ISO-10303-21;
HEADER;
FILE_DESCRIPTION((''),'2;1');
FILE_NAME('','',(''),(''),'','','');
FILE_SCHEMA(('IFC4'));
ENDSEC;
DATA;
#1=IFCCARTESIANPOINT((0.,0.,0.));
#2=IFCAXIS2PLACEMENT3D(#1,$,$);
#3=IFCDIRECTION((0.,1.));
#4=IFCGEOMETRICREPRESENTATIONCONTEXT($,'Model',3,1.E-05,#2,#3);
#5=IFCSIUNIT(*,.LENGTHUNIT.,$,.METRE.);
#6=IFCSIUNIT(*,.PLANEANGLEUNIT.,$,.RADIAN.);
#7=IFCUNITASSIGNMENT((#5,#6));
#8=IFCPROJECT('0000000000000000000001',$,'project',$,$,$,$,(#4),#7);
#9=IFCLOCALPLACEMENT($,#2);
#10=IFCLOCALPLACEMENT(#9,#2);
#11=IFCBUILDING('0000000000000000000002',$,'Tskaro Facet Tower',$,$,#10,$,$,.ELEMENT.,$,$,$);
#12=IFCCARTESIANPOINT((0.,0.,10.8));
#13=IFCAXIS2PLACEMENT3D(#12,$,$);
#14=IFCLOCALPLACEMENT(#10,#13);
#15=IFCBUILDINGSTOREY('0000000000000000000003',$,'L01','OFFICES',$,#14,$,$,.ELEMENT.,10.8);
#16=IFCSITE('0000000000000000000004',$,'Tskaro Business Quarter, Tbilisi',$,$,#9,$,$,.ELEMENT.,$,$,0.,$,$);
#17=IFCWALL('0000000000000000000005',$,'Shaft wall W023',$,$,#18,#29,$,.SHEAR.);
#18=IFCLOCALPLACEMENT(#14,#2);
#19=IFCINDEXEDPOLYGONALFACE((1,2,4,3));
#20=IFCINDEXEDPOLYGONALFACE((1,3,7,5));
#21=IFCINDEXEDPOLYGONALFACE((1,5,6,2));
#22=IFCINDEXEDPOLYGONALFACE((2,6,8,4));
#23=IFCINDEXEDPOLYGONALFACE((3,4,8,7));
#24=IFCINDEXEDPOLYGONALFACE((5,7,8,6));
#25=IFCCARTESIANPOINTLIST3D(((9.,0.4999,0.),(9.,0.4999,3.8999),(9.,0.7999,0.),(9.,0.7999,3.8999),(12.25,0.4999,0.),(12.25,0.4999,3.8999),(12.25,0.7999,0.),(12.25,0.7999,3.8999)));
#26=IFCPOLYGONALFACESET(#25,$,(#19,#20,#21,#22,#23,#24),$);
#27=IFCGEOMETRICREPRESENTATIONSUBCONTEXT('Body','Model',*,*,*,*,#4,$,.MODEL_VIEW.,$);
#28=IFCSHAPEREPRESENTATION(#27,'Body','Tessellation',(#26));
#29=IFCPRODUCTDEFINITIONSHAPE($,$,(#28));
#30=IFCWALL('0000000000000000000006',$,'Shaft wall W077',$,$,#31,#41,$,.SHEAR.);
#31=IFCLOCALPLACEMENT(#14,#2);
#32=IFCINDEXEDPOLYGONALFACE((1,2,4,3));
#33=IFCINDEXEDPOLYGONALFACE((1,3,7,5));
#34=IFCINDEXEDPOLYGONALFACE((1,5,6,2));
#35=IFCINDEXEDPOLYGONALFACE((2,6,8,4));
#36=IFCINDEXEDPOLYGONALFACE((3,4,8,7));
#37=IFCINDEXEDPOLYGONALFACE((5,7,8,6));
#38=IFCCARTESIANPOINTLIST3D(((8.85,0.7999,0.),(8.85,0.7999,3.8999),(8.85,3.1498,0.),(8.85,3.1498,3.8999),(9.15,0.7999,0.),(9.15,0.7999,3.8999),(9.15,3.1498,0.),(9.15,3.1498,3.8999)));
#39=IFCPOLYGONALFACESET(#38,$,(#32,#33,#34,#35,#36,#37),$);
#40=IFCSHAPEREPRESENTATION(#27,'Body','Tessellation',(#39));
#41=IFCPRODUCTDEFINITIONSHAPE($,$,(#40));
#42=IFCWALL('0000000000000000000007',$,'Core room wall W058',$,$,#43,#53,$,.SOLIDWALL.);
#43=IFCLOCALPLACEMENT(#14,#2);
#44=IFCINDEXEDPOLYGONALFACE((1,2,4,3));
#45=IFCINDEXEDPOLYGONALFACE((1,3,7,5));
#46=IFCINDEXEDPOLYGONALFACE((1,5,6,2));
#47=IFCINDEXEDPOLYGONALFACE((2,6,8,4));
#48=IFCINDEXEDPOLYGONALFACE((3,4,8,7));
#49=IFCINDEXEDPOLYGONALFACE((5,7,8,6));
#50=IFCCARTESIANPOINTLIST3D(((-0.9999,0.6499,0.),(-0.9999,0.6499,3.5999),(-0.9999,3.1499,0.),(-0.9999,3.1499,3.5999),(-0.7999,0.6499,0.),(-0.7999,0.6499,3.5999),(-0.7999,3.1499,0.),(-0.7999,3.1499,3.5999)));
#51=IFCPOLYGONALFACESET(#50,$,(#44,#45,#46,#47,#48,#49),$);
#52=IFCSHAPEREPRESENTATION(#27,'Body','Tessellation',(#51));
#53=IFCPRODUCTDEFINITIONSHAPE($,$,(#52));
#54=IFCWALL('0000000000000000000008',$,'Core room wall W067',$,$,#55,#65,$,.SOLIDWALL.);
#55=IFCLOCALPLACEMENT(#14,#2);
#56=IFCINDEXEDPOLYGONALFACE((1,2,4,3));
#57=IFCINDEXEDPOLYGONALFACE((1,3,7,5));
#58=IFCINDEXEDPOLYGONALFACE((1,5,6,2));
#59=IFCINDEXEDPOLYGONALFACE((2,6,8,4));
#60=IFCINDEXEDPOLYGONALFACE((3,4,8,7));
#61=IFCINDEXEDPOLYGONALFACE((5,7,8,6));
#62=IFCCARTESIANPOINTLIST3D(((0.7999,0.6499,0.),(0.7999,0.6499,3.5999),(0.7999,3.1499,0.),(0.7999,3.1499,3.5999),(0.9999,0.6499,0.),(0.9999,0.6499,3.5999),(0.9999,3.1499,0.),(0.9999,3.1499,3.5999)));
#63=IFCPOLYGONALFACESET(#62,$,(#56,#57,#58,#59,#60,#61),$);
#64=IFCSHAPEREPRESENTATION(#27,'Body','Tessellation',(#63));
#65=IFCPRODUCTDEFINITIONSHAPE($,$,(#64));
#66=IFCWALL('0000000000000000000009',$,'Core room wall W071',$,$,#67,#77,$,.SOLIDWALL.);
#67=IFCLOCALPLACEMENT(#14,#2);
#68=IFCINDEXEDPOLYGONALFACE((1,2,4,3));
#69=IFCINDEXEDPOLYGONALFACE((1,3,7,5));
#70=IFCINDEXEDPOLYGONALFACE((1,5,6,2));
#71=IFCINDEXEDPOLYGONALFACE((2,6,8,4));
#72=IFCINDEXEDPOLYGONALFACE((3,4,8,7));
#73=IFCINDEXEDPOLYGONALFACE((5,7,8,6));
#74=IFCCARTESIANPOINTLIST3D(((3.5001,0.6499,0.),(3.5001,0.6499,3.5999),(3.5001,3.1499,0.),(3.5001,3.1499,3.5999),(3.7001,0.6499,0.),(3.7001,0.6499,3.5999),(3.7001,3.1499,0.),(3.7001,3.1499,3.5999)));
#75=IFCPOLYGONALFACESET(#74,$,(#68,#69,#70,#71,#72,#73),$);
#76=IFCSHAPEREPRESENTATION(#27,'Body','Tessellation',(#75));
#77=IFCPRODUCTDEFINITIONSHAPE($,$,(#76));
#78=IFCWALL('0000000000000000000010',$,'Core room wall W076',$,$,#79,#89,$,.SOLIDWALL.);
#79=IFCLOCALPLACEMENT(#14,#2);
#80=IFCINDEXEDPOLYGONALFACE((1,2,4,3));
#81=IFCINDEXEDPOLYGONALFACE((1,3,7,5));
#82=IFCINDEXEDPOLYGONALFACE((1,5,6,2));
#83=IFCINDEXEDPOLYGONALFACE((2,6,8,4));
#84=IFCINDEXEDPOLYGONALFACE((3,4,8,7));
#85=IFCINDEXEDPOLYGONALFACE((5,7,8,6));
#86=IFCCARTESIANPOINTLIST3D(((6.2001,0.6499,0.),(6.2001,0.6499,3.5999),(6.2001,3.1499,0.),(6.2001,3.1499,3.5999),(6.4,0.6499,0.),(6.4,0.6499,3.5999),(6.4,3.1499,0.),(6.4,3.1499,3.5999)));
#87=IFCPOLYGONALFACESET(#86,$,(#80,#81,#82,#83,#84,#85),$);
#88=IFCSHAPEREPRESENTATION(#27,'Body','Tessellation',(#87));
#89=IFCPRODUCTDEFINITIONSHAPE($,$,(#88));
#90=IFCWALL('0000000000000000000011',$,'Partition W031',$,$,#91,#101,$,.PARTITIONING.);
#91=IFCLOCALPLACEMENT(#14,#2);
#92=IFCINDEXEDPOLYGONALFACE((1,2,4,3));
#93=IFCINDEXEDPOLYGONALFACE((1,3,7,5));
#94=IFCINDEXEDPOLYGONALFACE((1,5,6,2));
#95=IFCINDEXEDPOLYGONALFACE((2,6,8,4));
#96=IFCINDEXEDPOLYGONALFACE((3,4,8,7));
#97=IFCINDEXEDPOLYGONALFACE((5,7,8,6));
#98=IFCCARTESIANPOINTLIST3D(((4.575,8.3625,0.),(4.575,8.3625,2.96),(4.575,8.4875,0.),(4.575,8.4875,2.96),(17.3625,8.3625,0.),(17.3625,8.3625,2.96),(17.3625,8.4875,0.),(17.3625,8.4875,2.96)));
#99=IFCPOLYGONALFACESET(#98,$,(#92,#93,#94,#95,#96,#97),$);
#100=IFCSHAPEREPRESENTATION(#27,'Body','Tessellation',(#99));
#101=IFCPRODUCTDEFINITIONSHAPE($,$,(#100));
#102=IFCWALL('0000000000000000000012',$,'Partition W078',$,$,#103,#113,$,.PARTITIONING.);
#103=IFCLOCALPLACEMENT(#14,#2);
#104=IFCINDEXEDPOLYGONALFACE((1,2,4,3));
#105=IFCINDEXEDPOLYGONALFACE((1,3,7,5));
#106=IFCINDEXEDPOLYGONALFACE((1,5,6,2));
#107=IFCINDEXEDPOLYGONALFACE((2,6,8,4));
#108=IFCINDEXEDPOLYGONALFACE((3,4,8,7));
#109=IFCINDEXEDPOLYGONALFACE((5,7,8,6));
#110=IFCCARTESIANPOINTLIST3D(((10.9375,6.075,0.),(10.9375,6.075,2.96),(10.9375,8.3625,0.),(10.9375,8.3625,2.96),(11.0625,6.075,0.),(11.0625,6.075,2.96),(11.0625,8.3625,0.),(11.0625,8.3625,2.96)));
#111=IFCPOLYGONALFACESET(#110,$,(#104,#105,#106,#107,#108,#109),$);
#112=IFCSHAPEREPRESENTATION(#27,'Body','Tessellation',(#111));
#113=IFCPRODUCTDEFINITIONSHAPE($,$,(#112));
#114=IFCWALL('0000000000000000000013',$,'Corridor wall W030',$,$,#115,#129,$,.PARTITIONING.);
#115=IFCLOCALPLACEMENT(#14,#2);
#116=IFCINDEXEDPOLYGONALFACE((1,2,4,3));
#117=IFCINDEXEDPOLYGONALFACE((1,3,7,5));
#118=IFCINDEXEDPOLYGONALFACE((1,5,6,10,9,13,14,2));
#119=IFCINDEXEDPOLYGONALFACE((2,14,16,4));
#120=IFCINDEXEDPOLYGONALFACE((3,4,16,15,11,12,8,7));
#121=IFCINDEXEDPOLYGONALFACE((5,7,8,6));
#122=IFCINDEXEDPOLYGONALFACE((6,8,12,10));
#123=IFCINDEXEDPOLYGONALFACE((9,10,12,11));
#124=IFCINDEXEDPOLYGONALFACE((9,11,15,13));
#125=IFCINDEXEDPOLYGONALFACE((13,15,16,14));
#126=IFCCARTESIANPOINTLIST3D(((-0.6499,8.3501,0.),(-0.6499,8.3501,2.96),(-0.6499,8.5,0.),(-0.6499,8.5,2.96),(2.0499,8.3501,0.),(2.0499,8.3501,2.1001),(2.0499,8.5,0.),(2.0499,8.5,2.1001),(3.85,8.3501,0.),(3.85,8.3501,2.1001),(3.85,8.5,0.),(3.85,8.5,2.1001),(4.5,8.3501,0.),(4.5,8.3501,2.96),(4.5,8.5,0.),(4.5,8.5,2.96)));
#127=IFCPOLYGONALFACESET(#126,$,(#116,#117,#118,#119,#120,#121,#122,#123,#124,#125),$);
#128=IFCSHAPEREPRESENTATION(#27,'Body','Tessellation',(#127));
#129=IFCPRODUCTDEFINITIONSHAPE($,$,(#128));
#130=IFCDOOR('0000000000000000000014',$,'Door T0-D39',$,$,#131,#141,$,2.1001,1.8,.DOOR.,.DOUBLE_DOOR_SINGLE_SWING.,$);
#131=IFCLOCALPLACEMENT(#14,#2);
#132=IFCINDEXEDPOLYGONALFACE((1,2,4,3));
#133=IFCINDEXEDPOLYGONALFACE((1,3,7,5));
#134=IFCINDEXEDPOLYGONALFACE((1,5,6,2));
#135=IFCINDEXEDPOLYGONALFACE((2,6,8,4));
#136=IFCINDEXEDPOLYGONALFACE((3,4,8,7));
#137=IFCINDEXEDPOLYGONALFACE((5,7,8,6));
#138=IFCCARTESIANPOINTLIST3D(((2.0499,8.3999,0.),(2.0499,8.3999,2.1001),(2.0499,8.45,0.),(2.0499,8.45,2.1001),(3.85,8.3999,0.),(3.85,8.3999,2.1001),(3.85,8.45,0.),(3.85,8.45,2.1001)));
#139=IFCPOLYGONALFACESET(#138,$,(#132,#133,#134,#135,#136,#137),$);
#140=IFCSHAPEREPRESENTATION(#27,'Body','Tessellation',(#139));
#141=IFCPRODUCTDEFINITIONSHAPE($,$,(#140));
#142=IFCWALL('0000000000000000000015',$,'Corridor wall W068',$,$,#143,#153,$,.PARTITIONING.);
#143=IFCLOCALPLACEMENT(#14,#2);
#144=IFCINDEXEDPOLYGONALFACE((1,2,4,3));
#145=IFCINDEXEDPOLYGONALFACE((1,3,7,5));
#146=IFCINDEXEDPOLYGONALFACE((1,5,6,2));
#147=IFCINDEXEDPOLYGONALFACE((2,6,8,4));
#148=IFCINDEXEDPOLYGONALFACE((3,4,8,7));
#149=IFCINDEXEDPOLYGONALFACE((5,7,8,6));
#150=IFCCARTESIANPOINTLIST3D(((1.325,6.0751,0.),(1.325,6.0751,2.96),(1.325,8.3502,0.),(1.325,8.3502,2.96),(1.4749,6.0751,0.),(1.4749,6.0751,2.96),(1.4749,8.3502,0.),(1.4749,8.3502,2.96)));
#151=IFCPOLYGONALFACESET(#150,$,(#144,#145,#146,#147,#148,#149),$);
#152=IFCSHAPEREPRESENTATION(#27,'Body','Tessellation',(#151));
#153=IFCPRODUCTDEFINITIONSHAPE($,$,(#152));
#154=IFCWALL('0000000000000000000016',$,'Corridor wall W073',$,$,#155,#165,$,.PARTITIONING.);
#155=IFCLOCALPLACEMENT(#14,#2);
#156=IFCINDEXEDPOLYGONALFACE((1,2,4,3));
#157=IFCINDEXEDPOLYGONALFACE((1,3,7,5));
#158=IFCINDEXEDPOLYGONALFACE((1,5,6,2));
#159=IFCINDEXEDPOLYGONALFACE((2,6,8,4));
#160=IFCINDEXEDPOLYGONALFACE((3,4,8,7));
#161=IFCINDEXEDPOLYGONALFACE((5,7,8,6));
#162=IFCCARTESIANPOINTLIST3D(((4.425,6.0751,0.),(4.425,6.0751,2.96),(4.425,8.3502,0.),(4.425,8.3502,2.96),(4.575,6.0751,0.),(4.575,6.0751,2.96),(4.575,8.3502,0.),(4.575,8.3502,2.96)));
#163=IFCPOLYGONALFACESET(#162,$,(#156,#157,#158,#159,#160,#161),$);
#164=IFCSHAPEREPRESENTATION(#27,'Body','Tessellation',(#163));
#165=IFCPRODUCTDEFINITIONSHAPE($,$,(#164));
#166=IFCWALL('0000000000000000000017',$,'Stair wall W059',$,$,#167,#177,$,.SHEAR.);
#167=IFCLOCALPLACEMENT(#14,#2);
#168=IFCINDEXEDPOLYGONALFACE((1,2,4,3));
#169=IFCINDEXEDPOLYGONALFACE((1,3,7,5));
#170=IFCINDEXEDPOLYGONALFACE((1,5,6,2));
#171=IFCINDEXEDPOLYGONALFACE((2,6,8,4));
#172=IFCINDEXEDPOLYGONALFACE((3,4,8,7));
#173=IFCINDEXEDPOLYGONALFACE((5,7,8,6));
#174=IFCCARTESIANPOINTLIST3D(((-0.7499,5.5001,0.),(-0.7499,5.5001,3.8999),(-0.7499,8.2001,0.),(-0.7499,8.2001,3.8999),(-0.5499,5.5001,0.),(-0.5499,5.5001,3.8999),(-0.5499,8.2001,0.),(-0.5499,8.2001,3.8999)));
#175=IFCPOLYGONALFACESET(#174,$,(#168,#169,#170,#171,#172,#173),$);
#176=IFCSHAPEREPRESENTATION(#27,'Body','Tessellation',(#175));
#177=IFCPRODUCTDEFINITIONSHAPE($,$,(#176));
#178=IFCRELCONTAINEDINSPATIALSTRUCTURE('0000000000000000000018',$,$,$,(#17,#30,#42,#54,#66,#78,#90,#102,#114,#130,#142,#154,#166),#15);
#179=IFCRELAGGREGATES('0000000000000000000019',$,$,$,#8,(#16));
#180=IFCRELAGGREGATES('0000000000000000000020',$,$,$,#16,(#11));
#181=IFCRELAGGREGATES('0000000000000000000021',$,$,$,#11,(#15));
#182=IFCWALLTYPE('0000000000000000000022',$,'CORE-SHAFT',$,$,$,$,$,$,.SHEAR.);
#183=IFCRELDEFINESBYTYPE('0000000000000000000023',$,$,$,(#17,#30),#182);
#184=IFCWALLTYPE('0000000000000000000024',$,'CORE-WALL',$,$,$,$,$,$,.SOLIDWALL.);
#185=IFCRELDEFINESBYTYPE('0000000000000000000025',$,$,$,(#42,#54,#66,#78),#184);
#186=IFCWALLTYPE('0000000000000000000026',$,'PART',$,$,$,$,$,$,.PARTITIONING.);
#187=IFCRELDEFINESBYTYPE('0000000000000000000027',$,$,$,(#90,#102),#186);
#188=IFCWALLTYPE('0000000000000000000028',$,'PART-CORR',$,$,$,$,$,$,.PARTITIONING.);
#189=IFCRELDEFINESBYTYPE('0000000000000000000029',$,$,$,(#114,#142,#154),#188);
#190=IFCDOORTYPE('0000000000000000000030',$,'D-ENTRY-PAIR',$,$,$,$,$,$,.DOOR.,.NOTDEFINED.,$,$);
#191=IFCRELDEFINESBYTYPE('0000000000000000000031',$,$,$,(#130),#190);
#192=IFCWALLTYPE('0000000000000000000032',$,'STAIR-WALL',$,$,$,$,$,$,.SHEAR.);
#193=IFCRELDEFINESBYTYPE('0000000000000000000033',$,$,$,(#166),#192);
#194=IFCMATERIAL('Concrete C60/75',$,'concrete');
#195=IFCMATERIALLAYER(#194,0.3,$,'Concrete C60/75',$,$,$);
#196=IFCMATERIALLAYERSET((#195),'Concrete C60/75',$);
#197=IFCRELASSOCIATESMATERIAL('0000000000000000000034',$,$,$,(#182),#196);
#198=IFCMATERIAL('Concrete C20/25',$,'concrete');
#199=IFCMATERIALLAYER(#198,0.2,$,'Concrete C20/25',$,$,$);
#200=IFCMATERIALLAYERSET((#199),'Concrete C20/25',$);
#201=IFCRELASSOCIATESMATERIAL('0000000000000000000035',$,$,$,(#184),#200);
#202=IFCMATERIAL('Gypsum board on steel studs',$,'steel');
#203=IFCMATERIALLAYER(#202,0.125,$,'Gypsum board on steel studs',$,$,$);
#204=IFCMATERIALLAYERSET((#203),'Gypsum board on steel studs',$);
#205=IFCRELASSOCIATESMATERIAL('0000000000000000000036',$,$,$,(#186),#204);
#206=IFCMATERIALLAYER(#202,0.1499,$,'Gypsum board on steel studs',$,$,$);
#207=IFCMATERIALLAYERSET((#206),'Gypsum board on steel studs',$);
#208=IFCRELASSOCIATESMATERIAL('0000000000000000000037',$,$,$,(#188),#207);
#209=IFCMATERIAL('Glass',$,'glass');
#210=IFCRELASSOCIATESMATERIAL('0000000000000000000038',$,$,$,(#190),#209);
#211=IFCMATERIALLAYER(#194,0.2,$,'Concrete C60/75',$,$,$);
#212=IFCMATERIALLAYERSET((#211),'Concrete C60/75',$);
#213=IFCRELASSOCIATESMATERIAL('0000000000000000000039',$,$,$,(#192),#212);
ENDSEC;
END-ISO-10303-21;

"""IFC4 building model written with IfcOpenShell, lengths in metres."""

from ifc_helpers import new_model, si_unit, direction, frame, frame_2d, origin, place, context, subcontext, project, spatial, rectangle, extrude, material, layer, layer_set, type_object, element, fill, save


model = new_model("IFC4")

# Units and contexts
model_context = context("Model", 3, precision=1e-05, world=origin(), true_north=direction((0.0, 1.0)))
body_context = subcontext(model_context, "Body", "Model", "MODEL_VIEW")
ifc_project = project(units=[si_unit("LENGTHUNIT", "METRE"), si_unit("PLANEANGLEUNIT", "RADIAN")], contexts=[model_context])

# Site, building, storey
site_placement = place(None, origin())
site = spatial("IfcSite", under=ifc_project, at=site_placement, Name="Tskaro Business Quarter, Tbilisi", CompositionType="ELEMENT", RefElevation=0.0)
building_placement = place(site_placement, origin())
building = spatial("IfcBuilding", under=site, at=building_placement, Name="Tskaro Facet Tower", CompositionType="ELEMENT")
storey_placement = place(building_placement, frame((0.0, 0.0, 10.8)))
storey = spatial("IfcBuildingStorey", under=building, at=storey_placement, Name="L01", Description="OFFICES", CompositionType="ELEMENT", Elevation=10.8)

# Shared definitions
ifc_material_1 = material(Name="Concrete C60/75", Category="concrete")

# Walls
ifc_layer_1 = layer(ifc_material_1, 0.3, Name="Concrete C60/75")
ifc_layer_set_1 = layer_set([ifc_layer_1], Name="Concrete C60/75")
wall_type_1 = type_object("IfcWallType", Name="CORE-SHAFT", PredefinedType="SHEAR", material=ifc_layer_set_1)
wall_1_placement = place(storey_placement, frame((12.25, 0.6499, 0.0), z_axis=(0.0, 0.0, 1.0), x_axis=(-1.0, 0.0, 0.0)))
element("IfcWall", 1, at=wall_1_placement, inside=storey, type_object=wall_type_1, Name="Shaft wall W023", PredefinedType="SHEAR", context=body_context, shape_type="SweptSolid", body=[
    extrude(rectangle(XDim=3.25, YDim=0.3, at=frame_2d((1.625, 0.0))), origin(), (0.0, 0.0, 1.0), 3.8999),
])
wall_2_placement = place(storey_placement, frame((9.0, 0.8, 0.0), z_axis=(0.0, 0.0, 1.0), x_axis=(0.0, 1.0, 0.0)))
element("IfcWall", 2, at=wall_2_placement, inside=storey, type_object=wall_type_1, Name="Shaft wall W077", PredefinedType="SHEAR", context=body_context, shape_type="SweptSolid", body=[
    extrude(rectangle(XDim=2.3499, YDim=0.3, at=frame_2d((1.1748, 0.0))), origin(), (0.0, 0.0, 1.0), 3.8999),
])
ifc_material_2 = material(Name="Concrete C20/25", Category="concrete")
ifc_layer_2 = layer(ifc_material_2, 0.2, Name="Concrete C20/25")
ifc_layer_set_2 = layer_set([ifc_layer_2], Name="Concrete C20/25")
wall_type_2 = type_object("IfcWallType", Name="CORE-WALL", PredefinedType="SOLIDWALL", material=ifc_layer_set_2)
for number, where, z_axis, x_axis, name in (
    (3, (-0.8999, 0.6499, 0.0), (0.0, 0.0, 1.0), (0.0, 1.0, 0.0), "Core room wall W058"),
    (4, (0.8999, 0.6499, 0.0), (0.0, 0.0, 1.0), (0.0, 1.0, 0.0), "Core room wall W067"),
    (5, (3.6001, 0.6499, 0.0), (0.0, 0.0, 1.0), (0.0, 1.0, 0.0), "Core room wall W071"),
    (6, (6.3, 0.6499, 0.0), (0.0, 0.0, 1.0), (0.0, 1.0, 0.0), "Core room wall W076"),
):
    element("IfcWall", number, at=place(storey_placement, frame(where, z_axis=z_axis, x_axis=x_axis)), inside=storey, type_object=wall_type_2, Name=name, PredefinedType="SOLIDWALL", context=body_context, shape_type="SweptSolid", body=[
        extrude(rectangle(XDim=2.5, YDim=0.2, at=frame_2d((1.25, 0.0))), origin(), (0.0, 0.0, 1.0), 3.5999),
    ])
ifc_material_3 = material(Name="Gypsum board on steel studs", Category="steel")
ifc_layer_3 = layer(ifc_material_3, 0.125, Name="Gypsum board on steel studs")
ifc_layer_set_3 = layer_set([ifc_layer_3], Name="Gypsum board on steel studs")
wall_type_3 = type_object("IfcWallType", Name="PART", PredefinedType="PARTITIONING", material=ifc_layer_set_3)
wall_3_placement = place(storey_placement, frame((4.575, 8.425, 0.0), z_axis=(0.0, 0.0, 1.0), x_axis=(1.0, 0.0, 0.0)))
element("IfcWall", 7, at=wall_3_placement, inside=storey, type_object=wall_type_3, Name="Partition W031", PredefinedType="PARTITIONING", context=body_context, shape_type="SweptSolid", body=[
    extrude(rectangle(XDim=12.7876, YDim=0.125, at=frame_2d((6.3938, 0.0))), origin(), (0.0, 0.0, 1.0), 2.96),
])
wall_4_placement = place(storey_placement, frame((11.0, 6.075, 0.0), z_axis=(0.0, 0.0, 1.0), x_axis=(0.0, 1.0, 0.0)))
element("IfcWall", 8, at=wall_4_placement, inside=storey, type_object=wall_type_3, Name="Partition W078", PredefinedType="PARTITIONING", context=body_context, shape_type="SweptSolid", body=[
    extrude(rectangle(XDim=2.2876, YDim=0.125, at=frame_2d((1.1438, 0.0))), origin(), (0.0, 0.0, 1.0), 2.96),
])

# Wall, opening, door
ifc_layer_4 = layer(ifc_material_3, 0.1499, Name="Gypsum board on steel studs")
ifc_layer_set_4 = layer_set([ifc_layer_4], Name="Gypsum board on steel studs")
wall_type_4 = type_object("IfcWallType", Name="PART-CORR", PredefinedType="PARTITIONING", material=ifc_layer_set_4)
wall_5_placement = place(storey_placement, frame((-0.6499, 8.425, 0.0), z_axis=(0.0, 0.0, 1.0), x_axis=(1.0, 0.0, 0.0)))
wall_5 = element("IfcWall", 9, at=wall_5_placement, inside=storey, type_object=wall_type_4, Name="Corridor wall W030", PredefinedType="PARTITIONING", context=body_context, shape_type="SweptSolid", body=[
    extrude(rectangle(XDim=5.1499, YDim=0.1499, at=frame_2d((2.575, 0.0))), origin(), (0.0, 0.0, 1.0), 2.96),
])
opening_placement = place(wall_5_placement, frame((2.7, 0.0, 0.0)))
opening = element("IfcOpeningElement", 10, at=opening_placement, cuts=wall_5, PredefinedType="OPENING", context=body_context, shape_type="SweptSolid", body=[
    extrude(rectangle(XDim=1.8, YDim=2.1001, at=frame_2d((0.8999, 1.05))), frame((0.0, 0.085, 0.0), z_axis=(0.0, -1.0, 0.0), x_axis=(1.0, 0.0, 0.0)), (0.0, 0.0, 1.0), 0.1699),
])
ifc_material_4 = material(Name="Glass", Category="glass")
door_type = type_object("IfcDoorType", Name="D-ENTRY-PAIR", OperationType="NOTDEFINED", PredefinedType="DOOR", material=ifc_material_4)
door_placement = place(opening_placement, origin())
door = element("IfcDoor", 11, at=door_placement, inside=storey, type_object=door_type, Name="Door T0-D39", OperationType="DOUBLE_DOOR_SINGLE_SWING", OverallHeight=2.1001, OverallWidth=1.8, PredefinedType="DOOR", context=body_context, shape_type="SweptSolid", body=[
    extrude(rectangle(XDim=1.8, YDim=2.1001, at=frame_2d((0.8999, 1.05))), frame((0.0, 0.0249, 0.0), z_axis=(0.0, -1.0, 0.0), x_axis=(1.0, 0.0, 0.0)), (0.0, 0.0, 1.0), 0.05),
])
fill(opening, door)

# Walls
for number, where, z_axis, x_axis, name in (
    (12, (1.3999, 6.075, 0.0), (0.0, 0.0, 1.0), (0.0, 1.0, 0.0), "Corridor wall W068"),
    (13, (4.5, 6.075, 0.0), (0.0, 0.0, 1.0), (0.0, 1.0, 0.0), "Corridor wall W073"),
):
    element("IfcWall", number, at=place(storey_placement, frame(where, z_axis=z_axis, x_axis=x_axis)), inside=storey, type_object=wall_type_4, Name=name, PredefinedType="PARTITIONING", context=body_context, shape_type="SweptSolid", body=[
        extrude(rectangle(XDim=2.2751, YDim=0.1499, at=frame_2d((1.1377, 0.0))), origin(), (0.0, 0.0, 1.0), 2.96),
    ])
ifc_layer_5 = layer(ifc_material_1, 0.2, Name="Concrete C60/75")
ifc_layer_set_5 = layer_set([ifc_layer_5], Name="Concrete C60/75")
wall_type_5 = type_object("IfcWallType", Name="STAIR-WALL", PredefinedType="SHEAR", material=ifc_layer_set_5)
wall_6_placement = place(storey_placement, frame((-0.6499, 5.5, 0.0), z_axis=(0.0, 0.0, 1.0), x_axis=(0.0, 1.0, 0.0)))
element("IfcWall", 14, at=wall_6_placement, inside=storey, type_object=wall_type_5, Name="Stair wall W059", PredefinedType="SHEAR", context=body_context, shape_type="SweptSolid", body=[
    extrude(rectangle(XDim=2.7, YDim=0.2, at=frame_2d((1.3501, 0.0))), origin(), (0.0, 0.0, 1.0), 3.8999),
])

save(model, "model.ifc")
